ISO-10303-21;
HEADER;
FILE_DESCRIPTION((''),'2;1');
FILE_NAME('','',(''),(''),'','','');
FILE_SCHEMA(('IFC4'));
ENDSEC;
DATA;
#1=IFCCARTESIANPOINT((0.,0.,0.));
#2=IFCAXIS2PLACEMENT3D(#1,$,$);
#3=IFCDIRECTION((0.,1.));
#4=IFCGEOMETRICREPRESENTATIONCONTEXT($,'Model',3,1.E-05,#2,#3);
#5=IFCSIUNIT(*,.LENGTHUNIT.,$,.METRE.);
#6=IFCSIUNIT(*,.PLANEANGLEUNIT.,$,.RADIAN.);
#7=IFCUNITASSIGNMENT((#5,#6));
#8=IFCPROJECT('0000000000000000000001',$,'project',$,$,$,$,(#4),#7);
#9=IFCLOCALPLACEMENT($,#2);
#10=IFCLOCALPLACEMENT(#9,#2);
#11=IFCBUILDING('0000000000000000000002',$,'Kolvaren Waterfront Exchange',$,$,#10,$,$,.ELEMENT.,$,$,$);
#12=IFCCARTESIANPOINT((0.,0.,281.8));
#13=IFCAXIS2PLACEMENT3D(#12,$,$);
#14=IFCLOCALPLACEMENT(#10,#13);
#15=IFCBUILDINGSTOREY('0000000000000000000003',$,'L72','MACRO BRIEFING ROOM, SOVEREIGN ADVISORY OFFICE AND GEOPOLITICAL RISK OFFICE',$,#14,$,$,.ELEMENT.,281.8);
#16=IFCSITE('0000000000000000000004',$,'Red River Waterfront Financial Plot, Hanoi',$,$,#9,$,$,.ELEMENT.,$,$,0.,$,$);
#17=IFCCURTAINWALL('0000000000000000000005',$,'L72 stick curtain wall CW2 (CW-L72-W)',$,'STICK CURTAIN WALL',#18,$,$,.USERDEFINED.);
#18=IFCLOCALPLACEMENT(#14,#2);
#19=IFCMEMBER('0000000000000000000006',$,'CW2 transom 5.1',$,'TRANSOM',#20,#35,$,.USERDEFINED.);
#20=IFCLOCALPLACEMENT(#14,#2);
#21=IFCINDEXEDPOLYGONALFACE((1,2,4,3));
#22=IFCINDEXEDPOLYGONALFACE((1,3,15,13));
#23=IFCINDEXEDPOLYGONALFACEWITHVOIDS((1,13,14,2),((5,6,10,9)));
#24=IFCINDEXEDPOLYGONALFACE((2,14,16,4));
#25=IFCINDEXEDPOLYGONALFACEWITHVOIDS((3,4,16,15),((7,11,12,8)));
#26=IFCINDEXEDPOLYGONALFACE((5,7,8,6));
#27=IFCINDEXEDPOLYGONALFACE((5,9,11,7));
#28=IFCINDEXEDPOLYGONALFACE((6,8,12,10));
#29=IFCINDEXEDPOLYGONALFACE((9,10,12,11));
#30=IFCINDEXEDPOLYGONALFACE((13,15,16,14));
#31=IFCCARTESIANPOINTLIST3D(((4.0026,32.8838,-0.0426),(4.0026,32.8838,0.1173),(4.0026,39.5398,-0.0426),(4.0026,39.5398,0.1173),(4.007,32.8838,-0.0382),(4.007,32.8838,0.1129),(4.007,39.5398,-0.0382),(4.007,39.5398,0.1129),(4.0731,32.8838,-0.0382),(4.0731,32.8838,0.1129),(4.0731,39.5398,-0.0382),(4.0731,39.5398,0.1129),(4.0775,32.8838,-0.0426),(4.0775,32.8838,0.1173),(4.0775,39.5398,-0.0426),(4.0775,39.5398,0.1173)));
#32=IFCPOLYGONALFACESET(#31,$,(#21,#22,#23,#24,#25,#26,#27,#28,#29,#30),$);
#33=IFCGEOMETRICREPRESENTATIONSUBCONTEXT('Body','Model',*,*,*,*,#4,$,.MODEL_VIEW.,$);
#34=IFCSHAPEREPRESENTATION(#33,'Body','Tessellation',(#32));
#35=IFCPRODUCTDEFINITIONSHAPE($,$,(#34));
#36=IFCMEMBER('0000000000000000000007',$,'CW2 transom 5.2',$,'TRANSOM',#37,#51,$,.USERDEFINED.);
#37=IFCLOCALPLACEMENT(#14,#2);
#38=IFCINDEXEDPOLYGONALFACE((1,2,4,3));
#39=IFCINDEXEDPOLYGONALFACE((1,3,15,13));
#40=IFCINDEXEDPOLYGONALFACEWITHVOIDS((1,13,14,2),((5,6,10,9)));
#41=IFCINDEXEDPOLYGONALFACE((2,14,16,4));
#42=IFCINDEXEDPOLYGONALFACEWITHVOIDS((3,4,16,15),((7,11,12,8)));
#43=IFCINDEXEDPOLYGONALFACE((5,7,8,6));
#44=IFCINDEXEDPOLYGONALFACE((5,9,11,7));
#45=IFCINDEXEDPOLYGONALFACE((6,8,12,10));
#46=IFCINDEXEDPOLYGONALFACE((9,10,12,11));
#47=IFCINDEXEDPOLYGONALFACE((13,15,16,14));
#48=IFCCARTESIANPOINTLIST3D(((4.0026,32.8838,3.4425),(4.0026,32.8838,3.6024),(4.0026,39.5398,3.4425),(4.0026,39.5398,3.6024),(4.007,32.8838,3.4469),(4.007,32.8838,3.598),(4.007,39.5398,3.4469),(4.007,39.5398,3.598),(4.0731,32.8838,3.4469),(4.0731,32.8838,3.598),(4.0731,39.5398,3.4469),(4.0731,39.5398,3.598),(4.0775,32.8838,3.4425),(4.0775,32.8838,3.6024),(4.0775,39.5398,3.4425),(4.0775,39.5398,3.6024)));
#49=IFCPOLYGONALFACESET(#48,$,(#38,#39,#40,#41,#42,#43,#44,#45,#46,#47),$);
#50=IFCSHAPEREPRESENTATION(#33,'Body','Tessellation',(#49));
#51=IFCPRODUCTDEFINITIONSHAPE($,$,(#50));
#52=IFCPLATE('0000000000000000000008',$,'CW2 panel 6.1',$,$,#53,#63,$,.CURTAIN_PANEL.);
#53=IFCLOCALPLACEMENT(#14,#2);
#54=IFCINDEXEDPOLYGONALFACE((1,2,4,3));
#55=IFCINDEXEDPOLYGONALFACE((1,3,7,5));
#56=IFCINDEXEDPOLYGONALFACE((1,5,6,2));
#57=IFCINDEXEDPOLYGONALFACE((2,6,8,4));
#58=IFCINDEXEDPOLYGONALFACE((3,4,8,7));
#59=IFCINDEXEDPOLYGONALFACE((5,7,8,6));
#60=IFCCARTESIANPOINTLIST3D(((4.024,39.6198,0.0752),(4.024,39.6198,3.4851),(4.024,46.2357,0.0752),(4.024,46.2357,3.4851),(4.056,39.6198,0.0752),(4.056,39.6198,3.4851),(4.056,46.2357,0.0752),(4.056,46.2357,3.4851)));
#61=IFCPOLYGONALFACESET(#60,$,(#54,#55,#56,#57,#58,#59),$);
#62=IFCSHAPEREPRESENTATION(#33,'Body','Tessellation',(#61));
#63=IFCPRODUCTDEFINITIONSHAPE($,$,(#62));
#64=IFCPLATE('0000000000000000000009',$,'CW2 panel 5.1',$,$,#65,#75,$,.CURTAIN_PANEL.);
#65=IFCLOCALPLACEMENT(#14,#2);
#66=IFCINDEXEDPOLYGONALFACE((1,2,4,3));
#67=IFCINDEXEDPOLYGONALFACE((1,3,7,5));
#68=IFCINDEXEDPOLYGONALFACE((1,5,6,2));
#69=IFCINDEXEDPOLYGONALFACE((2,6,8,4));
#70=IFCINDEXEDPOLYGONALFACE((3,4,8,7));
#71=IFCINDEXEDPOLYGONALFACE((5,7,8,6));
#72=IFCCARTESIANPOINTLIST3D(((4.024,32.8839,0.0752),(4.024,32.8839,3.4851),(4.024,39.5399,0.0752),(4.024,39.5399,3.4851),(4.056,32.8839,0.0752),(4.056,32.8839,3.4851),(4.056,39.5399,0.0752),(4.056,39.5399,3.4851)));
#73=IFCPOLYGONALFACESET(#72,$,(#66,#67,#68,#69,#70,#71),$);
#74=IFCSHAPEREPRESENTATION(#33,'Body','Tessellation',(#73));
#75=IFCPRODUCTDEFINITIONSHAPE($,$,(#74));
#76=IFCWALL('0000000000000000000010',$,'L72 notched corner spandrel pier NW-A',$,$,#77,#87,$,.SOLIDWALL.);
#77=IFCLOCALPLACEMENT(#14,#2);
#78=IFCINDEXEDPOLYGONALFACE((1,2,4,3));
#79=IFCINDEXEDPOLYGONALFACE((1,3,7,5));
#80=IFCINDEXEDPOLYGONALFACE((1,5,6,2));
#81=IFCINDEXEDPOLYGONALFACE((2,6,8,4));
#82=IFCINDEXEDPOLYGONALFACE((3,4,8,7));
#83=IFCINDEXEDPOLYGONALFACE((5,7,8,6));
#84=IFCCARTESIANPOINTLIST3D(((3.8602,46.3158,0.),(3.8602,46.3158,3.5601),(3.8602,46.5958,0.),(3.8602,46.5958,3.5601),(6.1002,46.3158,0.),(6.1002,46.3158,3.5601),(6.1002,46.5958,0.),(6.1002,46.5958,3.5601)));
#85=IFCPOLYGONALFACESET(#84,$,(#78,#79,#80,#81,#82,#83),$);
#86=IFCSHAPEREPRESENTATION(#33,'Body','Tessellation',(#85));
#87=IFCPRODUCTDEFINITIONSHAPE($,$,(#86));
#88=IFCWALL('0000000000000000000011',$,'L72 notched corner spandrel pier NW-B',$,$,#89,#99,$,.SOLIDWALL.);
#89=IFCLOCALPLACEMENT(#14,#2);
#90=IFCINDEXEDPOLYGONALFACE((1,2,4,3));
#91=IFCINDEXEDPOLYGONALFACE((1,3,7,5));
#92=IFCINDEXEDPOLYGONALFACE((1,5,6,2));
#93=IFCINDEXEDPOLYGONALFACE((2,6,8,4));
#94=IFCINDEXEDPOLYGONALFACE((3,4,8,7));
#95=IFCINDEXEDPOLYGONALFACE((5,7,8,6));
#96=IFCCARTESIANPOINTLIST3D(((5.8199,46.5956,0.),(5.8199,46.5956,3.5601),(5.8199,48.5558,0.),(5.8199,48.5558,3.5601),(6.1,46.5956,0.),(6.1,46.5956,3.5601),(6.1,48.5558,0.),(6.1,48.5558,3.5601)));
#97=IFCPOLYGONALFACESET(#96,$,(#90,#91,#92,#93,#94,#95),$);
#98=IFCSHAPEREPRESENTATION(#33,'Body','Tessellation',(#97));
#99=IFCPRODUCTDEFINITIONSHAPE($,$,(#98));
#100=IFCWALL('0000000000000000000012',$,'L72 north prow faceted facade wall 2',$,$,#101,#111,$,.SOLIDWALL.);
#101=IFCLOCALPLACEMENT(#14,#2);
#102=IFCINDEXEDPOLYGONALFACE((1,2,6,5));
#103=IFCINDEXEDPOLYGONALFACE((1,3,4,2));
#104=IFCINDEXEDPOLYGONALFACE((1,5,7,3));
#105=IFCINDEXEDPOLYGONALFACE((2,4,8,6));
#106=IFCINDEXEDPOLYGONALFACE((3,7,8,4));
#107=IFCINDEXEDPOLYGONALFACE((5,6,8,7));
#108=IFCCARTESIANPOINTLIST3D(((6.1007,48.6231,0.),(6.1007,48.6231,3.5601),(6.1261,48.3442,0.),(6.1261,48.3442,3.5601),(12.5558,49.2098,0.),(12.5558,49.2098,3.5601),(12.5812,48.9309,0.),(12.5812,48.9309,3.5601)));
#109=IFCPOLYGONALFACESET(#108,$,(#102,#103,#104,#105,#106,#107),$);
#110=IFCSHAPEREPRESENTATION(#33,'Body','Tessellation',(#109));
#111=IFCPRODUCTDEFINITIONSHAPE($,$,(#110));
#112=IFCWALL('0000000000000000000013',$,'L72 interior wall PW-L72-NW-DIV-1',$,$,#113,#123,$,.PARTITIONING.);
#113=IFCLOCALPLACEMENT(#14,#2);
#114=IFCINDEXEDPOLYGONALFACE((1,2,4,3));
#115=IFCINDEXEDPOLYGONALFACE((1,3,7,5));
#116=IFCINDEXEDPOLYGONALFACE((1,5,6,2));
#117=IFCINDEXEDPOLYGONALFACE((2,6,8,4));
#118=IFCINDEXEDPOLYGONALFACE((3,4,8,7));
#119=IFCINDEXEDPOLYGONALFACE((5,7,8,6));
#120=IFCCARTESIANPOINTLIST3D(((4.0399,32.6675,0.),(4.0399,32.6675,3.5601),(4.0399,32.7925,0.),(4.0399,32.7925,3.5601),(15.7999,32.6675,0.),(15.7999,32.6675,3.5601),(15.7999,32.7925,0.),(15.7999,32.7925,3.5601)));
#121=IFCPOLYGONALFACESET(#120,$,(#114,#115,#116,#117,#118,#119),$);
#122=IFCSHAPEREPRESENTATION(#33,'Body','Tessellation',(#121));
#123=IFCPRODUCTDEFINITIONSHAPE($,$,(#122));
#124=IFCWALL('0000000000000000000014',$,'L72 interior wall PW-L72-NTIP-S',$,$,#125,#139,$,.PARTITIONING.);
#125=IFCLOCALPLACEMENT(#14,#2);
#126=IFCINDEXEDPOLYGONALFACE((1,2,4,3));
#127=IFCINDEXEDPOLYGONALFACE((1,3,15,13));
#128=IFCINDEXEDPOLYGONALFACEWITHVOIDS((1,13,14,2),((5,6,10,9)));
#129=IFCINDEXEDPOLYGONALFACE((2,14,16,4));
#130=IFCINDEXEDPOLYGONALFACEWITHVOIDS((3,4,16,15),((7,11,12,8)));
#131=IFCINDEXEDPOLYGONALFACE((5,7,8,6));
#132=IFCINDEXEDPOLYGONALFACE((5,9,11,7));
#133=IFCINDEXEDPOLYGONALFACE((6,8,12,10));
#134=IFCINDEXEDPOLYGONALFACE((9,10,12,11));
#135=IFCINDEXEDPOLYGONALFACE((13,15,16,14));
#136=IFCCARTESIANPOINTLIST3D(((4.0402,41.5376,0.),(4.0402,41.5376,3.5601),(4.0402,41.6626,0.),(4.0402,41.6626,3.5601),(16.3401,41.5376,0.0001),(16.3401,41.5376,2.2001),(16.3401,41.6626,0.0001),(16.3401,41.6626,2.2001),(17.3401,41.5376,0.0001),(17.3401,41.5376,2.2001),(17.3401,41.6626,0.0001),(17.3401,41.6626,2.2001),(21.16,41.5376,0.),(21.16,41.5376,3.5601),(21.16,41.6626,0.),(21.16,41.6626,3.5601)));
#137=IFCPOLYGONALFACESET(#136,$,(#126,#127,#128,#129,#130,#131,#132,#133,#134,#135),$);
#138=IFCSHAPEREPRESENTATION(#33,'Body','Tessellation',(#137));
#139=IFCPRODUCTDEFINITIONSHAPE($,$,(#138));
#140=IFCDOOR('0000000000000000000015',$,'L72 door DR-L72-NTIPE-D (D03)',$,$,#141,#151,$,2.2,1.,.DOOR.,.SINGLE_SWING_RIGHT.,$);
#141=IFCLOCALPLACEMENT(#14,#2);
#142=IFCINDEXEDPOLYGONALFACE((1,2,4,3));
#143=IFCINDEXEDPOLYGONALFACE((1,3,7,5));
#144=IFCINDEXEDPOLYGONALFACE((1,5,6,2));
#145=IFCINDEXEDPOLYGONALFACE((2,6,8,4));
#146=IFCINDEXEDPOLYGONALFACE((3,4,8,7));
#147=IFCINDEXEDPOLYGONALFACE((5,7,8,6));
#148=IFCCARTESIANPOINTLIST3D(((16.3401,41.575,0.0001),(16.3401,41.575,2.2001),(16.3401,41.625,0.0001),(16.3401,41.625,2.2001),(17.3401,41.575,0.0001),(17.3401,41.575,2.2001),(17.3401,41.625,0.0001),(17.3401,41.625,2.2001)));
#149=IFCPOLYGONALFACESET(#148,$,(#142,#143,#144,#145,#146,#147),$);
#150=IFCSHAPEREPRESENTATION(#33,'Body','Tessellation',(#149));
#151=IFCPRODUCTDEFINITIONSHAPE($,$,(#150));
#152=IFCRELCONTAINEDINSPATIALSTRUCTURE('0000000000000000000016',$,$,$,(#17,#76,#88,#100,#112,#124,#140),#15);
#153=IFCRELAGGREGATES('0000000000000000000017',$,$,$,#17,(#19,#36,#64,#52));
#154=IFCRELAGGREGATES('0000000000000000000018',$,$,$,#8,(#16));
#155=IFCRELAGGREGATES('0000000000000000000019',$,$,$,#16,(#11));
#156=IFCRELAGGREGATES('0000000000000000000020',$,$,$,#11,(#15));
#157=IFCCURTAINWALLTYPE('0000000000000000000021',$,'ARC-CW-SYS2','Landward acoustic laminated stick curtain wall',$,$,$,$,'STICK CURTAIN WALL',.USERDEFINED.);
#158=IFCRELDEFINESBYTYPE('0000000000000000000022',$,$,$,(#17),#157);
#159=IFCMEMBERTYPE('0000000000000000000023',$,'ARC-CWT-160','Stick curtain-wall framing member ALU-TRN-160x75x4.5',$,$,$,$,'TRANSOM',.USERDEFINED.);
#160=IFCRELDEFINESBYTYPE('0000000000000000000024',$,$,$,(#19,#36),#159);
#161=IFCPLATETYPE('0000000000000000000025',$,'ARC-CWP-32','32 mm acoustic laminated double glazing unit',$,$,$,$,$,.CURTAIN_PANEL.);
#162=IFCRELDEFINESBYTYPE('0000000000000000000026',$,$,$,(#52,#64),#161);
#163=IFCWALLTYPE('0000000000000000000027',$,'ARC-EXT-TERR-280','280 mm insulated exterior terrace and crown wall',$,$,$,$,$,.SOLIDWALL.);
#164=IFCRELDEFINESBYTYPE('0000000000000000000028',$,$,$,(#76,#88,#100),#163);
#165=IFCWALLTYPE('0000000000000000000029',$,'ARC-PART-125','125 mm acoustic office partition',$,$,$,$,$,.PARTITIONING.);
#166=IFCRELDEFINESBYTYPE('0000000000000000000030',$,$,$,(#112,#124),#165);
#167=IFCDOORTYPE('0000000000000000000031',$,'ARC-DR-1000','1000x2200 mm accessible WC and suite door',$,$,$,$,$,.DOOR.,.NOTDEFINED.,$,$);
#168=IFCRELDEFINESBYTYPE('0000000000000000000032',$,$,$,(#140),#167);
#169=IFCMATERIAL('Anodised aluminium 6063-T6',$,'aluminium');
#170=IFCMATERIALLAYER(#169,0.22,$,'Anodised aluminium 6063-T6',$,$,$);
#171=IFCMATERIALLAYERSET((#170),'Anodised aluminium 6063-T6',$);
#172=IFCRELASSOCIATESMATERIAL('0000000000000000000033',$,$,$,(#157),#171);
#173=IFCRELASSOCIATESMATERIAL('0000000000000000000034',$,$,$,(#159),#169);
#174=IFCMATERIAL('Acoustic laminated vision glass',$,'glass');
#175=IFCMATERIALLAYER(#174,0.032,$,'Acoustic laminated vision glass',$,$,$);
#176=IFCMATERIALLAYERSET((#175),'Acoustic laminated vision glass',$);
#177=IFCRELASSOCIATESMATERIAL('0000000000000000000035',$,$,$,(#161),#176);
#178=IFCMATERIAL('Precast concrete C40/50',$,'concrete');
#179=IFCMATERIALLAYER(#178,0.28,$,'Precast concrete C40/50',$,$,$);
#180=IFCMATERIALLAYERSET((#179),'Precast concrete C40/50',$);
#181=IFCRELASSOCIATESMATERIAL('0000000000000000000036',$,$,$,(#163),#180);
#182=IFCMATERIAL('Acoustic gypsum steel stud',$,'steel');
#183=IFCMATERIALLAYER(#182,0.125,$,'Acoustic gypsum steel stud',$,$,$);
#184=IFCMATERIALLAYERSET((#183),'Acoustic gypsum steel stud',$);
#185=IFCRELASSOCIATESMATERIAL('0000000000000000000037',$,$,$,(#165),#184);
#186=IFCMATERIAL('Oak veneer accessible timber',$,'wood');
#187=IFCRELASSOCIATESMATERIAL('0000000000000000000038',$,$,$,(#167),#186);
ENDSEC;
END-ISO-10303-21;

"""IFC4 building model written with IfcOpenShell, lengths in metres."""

from ifc_helpers import new_model, si_unit, direction, frame, frame_2d, origin, origin_with_axes, origin_2d, place, context, subcontext, project, spatial, rectangle, hollow_rectangle, extrude, source, transform, mapped, material, layer, layer_set, material_profile, profile_set, type_object, element, fill, aggregate, save


model = new_model("IFC4")

# Units and contexts
model_context = context("Model", 3, precision=1e-05, world=origin(), true_north=direction((0.0, 1.0)))
body_context = subcontext(model_context, "Body", "Model", "MODEL_VIEW")
ifc_project = project(units=[si_unit("LENGTHUNIT", "METRE"), si_unit("PLANEANGLEUNIT", "RADIAN")], contexts=[model_context])

# Site, building, storey
site_placement = place(None, origin())
site = spatial("IfcSite", under=ifc_project, at=site_placement, Name="Red River Waterfront Financial Plot, Hanoi", CompositionType="ELEMENT", RefElevation=0.0)
building_placement = place(site_placement, origin())
building = spatial("IfcBuilding", under=site, at=building_placement, Name="Kolvaren Waterfront Exchange", CompositionType="ELEMENT")
storey_placement = place(building_placement, frame((0.0, 0.0, 281.8)))
storey = spatial("IfcBuildingStorey", under=building, at=storey_placement, Name="L72", Description="MACRO BRIEFING ROOM, SOVEREIGN ADVISORY OFFICE AND GEOPOLITICAL RISK OFFICE", CompositionType="ELEMENT", Elevation=281.8)

# Curtain wall, members, plates
ifc_material_1 = material(Name="Anodised aluminium 6063-T6", Category="aluminium")
ifc_layer_1 = layer(ifc_material_1, 0.22, Name="Anodised aluminium 6063-T6")
ifc_layer_set_1 = layer_set([ifc_layer_1], Name="Anodised aluminium 6063-T6")
curtain_wall_type = type_object("IfcCurtainWallType", Name="ARC-CW-SYS2", Description="Landward acoustic laminated stick curtain wall", ElementType="STICK CURTAIN WALL", PredefinedType="USERDEFINED", material=ifc_layer_set_1)
curtain_wall_placement = place(storey_placement, origin())
curtain_wall = element("IfcCurtainWall", 1, at=curtain_wall_placement, inside=storey, type_object=curtain_wall_type, Name="L72 stick curtain wall CW2 (CW-L72-W)", ObjectType="STICK CURTAIN WALL", PredefinedType="USERDEFINED")
ifc_material_profile_1 = material_profile(ifc_material_1, hollow_rectangle(XDim=0.075, YDim=0.1599, WallThickness=0.0044, at=origin_2d()), Name="ALU-TRN-160x75x4.5")
ifc_profile_set_1 = profile_set([ifc_material_profile_1], Name="Anodised aluminium 6063-T6")
member_type_1 = type_object("IfcMemberType", Name="ARC-CWT-160", Description="Stick curtain-wall framing member ALU-TRN-160x75x4.5", ElementType="TRANSOM", PredefinedType="USERDEFINED", material=ifc_profile_set_1)
shared_shape_1 = source(origin_with_axes(), body_context, "Body", "SweptSolid", [
    extrude(hollow_rectangle(XDim=0.075, YDim=0.1599, WallThickness=0.0044, at=origin_2d()), origin(), (0.0, 0.0, 1.0), 6.656),
])
member_1_placement = place(storey_placement, frame((4.04, 32.8838, 0.0374), z_axis=(0.0, 1.0, 0.0), x_axis=(-1.0, 0.0, 0.0)))
member_1 = element("IfcMember", 2, at=member_1_placement, type_object=member_type_1, Name="CW2 transom 5.1", ObjectType="TRANSOM", PredefinedType="USERDEFINED", context=body_context, shape_type="MappedRepresentation", body=[
    mapped(shared_shape_1, transform((0.0, 0.0, 0.0), x_axis=(1.0, 0.0, 0.0), y_axis=(0.0, 1.0, 0.0), z_axis=(0.0, 0.0, 1.0), scale=1.0)),
])
member_2_placement = place(storey_placement, frame((4.04, 32.8838, 3.5225), z_axis=(0.0, 1.0, 0.0), x_axis=(-1.0, 0.0, 0.0)))
member_2 = element("IfcMember", 3, at=member_2_placement, type_object=member_type_1, Name="CW2 transom 5.2", ObjectType="TRANSOM", PredefinedType="USERDEFINED", context=body_context, shape_type="MappedRepresentation", body=[
    mapped(shared_shape_1, transform((0.0, 0.0, 0.0), x_axis=(1.0, 0.0, 0.0), y_axis=(0.0, 1.0, 0.0), z_axis=(0.0, 0.0, 1.0), scale=1.0)),
])
ifc_material_2 = material(Name="Acoustic laminated vision glass", Category="glass")
ifc_layer_2 = layer(ifc_material_2, 0.032, Name="Acoustic laminated vision glass")
ifc_layer_set_2 = layer_set([ifc_layer_2], Name="Acoustic laminated vision glass")
plate_type = type_object("IfcPlateType", Name="ARC-CWP-32", Description="32 mm acoustic laminated double glazing unit", PredefinedType="CURTAIN_PANEL", material=ifc_layer_set_2)
shared_shape_2 = source(origin_with_axes(), body_context, "Body", "SweptSolid", [
    extrude(rectangle(XDim=6.616, YDim=0.032, at=origin_2d()), origin(), (0.0, 0.0, 1.0), 3.4099),
])
plate_1_placement = place(storey_placement, frame((4.04, 42.9277, 0.0752), z_axis=(0.0, 0.0, 1.0), x_axis=(0.0, 1.0, 0.0)))
plate_1 = element("IfcPlate", 4, at=plate_1_placement, type_object=plate_type, Name="CW2 panel 6.1", PredefinedType="CURTAIN_PANEL", context=body_context, shape_type="MappedRepresentation", body=[
    mapped(shared_shape_2, transform((0.0, 0.0, 0.0), x_axis=(1.0, 0.0, 0.0), y_axis=(0.0, 1.0, 0.0), z_axis=(0.0, 0.0, 1.0), scale=1.0)),
])
shared_shape_3 = source(origin_with_axes(), body_context, "Body", "SweptSolid", [
    extrude(rectangle(XDim=6.656, YDim=0.032, at=origin_2d()), origin(), (0.0, 0.0, 1.0), 3.4099),
])
plate_2_placement = place(storey_placement, frame((4.04, 36.2119, 0.0752), z_axis=(0.0, 0.0, 1.0), x_axis=(0.0, 1.0, 0.0)))
plate_2 = element("IfcPlate", 5, at=plate_2_placement, type_object=plate_type, Name="CW2 panel 5.1", PredefinedType="CURTAIN_PANEL", context=body_context, shape_type="MappedRepresentation", body=[
    mapped(shared_shape_3, transform((0.0, 0.0, 0.0), x_axis=(1.0, 0.0, 0.0), y_axis=(0.0, 1.0, 0.0), z_axis=(0.0, 0.0, 1.0), scale=1.0)),
])
aggregate(curtain_wall, [member_1, member_2, plate_2, plate_1])

# Walls
ifc_material_3 = material(Name="Precast concrete C40/50", Category="concrete")
ifc_layer_3 = layer(ifc_material_3, 0.28, Name="Precast concrete C40/50")
ifc_layer_set_3 = layer_set([ifc_layer_3], Name="Precast concrete C40/50")
wall_type_1 = type_object("IfcWallType", Name="ARC-EXT-TERR-280", Description="280 mm insulated exterior terrace and crown wall", PredefinedType="SOLIDWALL", material=ifc_layer_set_3)
wall_1_placement = place(storey_placement, frame((3.8601, 46.4558, 0.0), z_axis=(0.0, 0.0, 1.0), x_axis=(1.0, 0.0, 0.0)))
element("IfcWall", 6, at=wall_1_placement, inside=storey, type_object=wall_type_1, Name="L72 notched corner spandrel pier NW-A", PredefinedType="SOLIDWALL", context=body_context, shape_type="SweptSolid", body=[
    extrude(rectangle(XDim=2.24, YDim=0.28, at=frame_2d((1.1201, 0.0))), origin(), (0.0, 0.0, 1.0), 3.5601),
])
wall_2_placement = place(storey_placement, frame((5.96, 46.5957, 0.0), z_axis=(0.0, 0.0, 1.0), x_axis=(0.0, 1.0, 0.0)))
element("IfcWall", 7, at=wall_2_placement, inside=storey, type_object=wall_type_1, Name="L72 notched corner spandrel pier NW-B", PredefinedType="SOLIDWALL", context=body_context, shape_type="SweptSolid", body=[
    extrude(rectangle(XDim=1.9602, YDim=0.28, at=frame_2d((0.98, 0.0))), origin(), (0.0, 0.0, 1.0), 3.5601),
])
wall_3_placement = place(storey_placement, frame((12.5684, 49.0703, 0.0), z_axis=(0.0, 0.0, 1.0), x_axis=(-0.995895, -0.090512, 0.0)))
element("IfcWall", 8, at=wall_3_placement, inside=storey, type_object=wall_type_1, Name="L72 north prow faceted facade wall 2", PredefinedType="SOLIDWALL", context=body_context, shape_type="SweptSolid", body=[
    extrude(rectangle(XDim=6.4817, YDim=0.28, at=frame_2d((3.2407, 0.0))), origin(), (0.0, 0.0, 1.0), 3.5601),
])
ifc_material_4 = material(Name="Acoustic gypsum steel stud", Category="steel")
ifc_layer_4 = layer(ifc_material_4, 0.125, Name="Acoustic gypsum steel stud")
ifc_layer_set_4 = layer_set([ifc_layer_4], Name="Acoustic gypsum steel stud")
wall_type_2 = type_object("IfcWallType", Name="ARC-PART-125", Description="125 mm acoustic office partition", PredefinedType="PARTITIONING", material=ifc_layer_set_4)
wall_4_placement = place(storey_placement, frame((4.04, 32.73, 0.0), z_axis=(0.0, 0.0, 1.0), x_axis=(1.0, 0.0, 0.0)))
element("IfcWall", 9, at=wall_4_placement, inside=storey, type_object=wall_type_2, Name="L72 interior wall PW-L72-NW-DIV-1", PredefinedType="PARTITIONING", context=body_context, shape_type="SweptSolid", body=[
    extrude(rectangle(XDim=11.76, YDim=0.125, at=frame_2d((5.8799, 0.0))), origin(), (0.0, 0.0, 1.0), 3.5601),
])

# Wall, opening, door
wall_5_placement = place(storey_placement, frame((4.04, 41.6001, 0.0), z_axis=(0.0, 0.0, 1.0), x_axis=(1.0, 0.0, 0.0)))
wall_5 = element("IfcWall", 10, at=wall_5_placement, inside=storey, type_object=wall_type_2, Name="L72 interior wall PW-L72-NTIP-S", PredefinedType="PARTITIONING", context=body_context, shape_type="SweptSolid", body=[
    extrude(rectangle(XDim=17.1199, YDim=0.125, at=frame_2d((8.5601, 0.0))), origin(), (0.0, 0.0, 1.0), 3.5601),
])
opening_1_placement = place(wall_5_placement, frame((12.3, 0.0, 0.0)))
opening_1 = element("IfcOpeningElement", 11, at=opening_1_placement, cuts=wall_5, PredefinedType="OPENING", context=body_context, shape_type="SweptSolid", body=[
    extrude(rectangle(XDim=1.0, YDim=2.2, at=frame_2d((0.5, 1.1001))), frame((0.0, 0.0725, 0.0), z_axis=(0.0, -1.0, 0.0), x_axis=(1.0, 0.0, 0.0)), (0.0, 0.0, 1.0), 0.145),
])
ifc_material_5 = material(Name="Oak veneer accessible timber", Category="wood")
door_type_1 = type_object("IfcDoorType", Name="ARC-DR-1000", Description="1000x2200 mm accessible WC and suite door", OperationType="NOTDEFINED", PredefinedType="DOOR", material=ifc_material_5)
door_1_placement = place(opening_1_placement, origin())
door_1 = element("IfcDoor", 12, at=door_1_placement, inside=storey, type_object=door_type_1, Name="L72 door DR-L72-NTIPE-D (D03)", OperationType="SINGLE_SWING_RIGHT", OverallHeight=2.2, OverallWidth=1.0, PredefinedType="DOOR", context=body_context, shape_type="SweptSolid", body=[
    extrude(rectangle(XDim=1.0, YDim=2.2, at=frame_2d((0.5, 1.1001))), frame((0.0, 0.0249, 0.0), z_axis=(0.0, -1.0, 0.0), x_axis=(1.0, 0.0, 0.0)), (0.0, 0.0, 1.0), 0.05),
])
fill(opening_1, door_1)

save(model, "model.ifc")
